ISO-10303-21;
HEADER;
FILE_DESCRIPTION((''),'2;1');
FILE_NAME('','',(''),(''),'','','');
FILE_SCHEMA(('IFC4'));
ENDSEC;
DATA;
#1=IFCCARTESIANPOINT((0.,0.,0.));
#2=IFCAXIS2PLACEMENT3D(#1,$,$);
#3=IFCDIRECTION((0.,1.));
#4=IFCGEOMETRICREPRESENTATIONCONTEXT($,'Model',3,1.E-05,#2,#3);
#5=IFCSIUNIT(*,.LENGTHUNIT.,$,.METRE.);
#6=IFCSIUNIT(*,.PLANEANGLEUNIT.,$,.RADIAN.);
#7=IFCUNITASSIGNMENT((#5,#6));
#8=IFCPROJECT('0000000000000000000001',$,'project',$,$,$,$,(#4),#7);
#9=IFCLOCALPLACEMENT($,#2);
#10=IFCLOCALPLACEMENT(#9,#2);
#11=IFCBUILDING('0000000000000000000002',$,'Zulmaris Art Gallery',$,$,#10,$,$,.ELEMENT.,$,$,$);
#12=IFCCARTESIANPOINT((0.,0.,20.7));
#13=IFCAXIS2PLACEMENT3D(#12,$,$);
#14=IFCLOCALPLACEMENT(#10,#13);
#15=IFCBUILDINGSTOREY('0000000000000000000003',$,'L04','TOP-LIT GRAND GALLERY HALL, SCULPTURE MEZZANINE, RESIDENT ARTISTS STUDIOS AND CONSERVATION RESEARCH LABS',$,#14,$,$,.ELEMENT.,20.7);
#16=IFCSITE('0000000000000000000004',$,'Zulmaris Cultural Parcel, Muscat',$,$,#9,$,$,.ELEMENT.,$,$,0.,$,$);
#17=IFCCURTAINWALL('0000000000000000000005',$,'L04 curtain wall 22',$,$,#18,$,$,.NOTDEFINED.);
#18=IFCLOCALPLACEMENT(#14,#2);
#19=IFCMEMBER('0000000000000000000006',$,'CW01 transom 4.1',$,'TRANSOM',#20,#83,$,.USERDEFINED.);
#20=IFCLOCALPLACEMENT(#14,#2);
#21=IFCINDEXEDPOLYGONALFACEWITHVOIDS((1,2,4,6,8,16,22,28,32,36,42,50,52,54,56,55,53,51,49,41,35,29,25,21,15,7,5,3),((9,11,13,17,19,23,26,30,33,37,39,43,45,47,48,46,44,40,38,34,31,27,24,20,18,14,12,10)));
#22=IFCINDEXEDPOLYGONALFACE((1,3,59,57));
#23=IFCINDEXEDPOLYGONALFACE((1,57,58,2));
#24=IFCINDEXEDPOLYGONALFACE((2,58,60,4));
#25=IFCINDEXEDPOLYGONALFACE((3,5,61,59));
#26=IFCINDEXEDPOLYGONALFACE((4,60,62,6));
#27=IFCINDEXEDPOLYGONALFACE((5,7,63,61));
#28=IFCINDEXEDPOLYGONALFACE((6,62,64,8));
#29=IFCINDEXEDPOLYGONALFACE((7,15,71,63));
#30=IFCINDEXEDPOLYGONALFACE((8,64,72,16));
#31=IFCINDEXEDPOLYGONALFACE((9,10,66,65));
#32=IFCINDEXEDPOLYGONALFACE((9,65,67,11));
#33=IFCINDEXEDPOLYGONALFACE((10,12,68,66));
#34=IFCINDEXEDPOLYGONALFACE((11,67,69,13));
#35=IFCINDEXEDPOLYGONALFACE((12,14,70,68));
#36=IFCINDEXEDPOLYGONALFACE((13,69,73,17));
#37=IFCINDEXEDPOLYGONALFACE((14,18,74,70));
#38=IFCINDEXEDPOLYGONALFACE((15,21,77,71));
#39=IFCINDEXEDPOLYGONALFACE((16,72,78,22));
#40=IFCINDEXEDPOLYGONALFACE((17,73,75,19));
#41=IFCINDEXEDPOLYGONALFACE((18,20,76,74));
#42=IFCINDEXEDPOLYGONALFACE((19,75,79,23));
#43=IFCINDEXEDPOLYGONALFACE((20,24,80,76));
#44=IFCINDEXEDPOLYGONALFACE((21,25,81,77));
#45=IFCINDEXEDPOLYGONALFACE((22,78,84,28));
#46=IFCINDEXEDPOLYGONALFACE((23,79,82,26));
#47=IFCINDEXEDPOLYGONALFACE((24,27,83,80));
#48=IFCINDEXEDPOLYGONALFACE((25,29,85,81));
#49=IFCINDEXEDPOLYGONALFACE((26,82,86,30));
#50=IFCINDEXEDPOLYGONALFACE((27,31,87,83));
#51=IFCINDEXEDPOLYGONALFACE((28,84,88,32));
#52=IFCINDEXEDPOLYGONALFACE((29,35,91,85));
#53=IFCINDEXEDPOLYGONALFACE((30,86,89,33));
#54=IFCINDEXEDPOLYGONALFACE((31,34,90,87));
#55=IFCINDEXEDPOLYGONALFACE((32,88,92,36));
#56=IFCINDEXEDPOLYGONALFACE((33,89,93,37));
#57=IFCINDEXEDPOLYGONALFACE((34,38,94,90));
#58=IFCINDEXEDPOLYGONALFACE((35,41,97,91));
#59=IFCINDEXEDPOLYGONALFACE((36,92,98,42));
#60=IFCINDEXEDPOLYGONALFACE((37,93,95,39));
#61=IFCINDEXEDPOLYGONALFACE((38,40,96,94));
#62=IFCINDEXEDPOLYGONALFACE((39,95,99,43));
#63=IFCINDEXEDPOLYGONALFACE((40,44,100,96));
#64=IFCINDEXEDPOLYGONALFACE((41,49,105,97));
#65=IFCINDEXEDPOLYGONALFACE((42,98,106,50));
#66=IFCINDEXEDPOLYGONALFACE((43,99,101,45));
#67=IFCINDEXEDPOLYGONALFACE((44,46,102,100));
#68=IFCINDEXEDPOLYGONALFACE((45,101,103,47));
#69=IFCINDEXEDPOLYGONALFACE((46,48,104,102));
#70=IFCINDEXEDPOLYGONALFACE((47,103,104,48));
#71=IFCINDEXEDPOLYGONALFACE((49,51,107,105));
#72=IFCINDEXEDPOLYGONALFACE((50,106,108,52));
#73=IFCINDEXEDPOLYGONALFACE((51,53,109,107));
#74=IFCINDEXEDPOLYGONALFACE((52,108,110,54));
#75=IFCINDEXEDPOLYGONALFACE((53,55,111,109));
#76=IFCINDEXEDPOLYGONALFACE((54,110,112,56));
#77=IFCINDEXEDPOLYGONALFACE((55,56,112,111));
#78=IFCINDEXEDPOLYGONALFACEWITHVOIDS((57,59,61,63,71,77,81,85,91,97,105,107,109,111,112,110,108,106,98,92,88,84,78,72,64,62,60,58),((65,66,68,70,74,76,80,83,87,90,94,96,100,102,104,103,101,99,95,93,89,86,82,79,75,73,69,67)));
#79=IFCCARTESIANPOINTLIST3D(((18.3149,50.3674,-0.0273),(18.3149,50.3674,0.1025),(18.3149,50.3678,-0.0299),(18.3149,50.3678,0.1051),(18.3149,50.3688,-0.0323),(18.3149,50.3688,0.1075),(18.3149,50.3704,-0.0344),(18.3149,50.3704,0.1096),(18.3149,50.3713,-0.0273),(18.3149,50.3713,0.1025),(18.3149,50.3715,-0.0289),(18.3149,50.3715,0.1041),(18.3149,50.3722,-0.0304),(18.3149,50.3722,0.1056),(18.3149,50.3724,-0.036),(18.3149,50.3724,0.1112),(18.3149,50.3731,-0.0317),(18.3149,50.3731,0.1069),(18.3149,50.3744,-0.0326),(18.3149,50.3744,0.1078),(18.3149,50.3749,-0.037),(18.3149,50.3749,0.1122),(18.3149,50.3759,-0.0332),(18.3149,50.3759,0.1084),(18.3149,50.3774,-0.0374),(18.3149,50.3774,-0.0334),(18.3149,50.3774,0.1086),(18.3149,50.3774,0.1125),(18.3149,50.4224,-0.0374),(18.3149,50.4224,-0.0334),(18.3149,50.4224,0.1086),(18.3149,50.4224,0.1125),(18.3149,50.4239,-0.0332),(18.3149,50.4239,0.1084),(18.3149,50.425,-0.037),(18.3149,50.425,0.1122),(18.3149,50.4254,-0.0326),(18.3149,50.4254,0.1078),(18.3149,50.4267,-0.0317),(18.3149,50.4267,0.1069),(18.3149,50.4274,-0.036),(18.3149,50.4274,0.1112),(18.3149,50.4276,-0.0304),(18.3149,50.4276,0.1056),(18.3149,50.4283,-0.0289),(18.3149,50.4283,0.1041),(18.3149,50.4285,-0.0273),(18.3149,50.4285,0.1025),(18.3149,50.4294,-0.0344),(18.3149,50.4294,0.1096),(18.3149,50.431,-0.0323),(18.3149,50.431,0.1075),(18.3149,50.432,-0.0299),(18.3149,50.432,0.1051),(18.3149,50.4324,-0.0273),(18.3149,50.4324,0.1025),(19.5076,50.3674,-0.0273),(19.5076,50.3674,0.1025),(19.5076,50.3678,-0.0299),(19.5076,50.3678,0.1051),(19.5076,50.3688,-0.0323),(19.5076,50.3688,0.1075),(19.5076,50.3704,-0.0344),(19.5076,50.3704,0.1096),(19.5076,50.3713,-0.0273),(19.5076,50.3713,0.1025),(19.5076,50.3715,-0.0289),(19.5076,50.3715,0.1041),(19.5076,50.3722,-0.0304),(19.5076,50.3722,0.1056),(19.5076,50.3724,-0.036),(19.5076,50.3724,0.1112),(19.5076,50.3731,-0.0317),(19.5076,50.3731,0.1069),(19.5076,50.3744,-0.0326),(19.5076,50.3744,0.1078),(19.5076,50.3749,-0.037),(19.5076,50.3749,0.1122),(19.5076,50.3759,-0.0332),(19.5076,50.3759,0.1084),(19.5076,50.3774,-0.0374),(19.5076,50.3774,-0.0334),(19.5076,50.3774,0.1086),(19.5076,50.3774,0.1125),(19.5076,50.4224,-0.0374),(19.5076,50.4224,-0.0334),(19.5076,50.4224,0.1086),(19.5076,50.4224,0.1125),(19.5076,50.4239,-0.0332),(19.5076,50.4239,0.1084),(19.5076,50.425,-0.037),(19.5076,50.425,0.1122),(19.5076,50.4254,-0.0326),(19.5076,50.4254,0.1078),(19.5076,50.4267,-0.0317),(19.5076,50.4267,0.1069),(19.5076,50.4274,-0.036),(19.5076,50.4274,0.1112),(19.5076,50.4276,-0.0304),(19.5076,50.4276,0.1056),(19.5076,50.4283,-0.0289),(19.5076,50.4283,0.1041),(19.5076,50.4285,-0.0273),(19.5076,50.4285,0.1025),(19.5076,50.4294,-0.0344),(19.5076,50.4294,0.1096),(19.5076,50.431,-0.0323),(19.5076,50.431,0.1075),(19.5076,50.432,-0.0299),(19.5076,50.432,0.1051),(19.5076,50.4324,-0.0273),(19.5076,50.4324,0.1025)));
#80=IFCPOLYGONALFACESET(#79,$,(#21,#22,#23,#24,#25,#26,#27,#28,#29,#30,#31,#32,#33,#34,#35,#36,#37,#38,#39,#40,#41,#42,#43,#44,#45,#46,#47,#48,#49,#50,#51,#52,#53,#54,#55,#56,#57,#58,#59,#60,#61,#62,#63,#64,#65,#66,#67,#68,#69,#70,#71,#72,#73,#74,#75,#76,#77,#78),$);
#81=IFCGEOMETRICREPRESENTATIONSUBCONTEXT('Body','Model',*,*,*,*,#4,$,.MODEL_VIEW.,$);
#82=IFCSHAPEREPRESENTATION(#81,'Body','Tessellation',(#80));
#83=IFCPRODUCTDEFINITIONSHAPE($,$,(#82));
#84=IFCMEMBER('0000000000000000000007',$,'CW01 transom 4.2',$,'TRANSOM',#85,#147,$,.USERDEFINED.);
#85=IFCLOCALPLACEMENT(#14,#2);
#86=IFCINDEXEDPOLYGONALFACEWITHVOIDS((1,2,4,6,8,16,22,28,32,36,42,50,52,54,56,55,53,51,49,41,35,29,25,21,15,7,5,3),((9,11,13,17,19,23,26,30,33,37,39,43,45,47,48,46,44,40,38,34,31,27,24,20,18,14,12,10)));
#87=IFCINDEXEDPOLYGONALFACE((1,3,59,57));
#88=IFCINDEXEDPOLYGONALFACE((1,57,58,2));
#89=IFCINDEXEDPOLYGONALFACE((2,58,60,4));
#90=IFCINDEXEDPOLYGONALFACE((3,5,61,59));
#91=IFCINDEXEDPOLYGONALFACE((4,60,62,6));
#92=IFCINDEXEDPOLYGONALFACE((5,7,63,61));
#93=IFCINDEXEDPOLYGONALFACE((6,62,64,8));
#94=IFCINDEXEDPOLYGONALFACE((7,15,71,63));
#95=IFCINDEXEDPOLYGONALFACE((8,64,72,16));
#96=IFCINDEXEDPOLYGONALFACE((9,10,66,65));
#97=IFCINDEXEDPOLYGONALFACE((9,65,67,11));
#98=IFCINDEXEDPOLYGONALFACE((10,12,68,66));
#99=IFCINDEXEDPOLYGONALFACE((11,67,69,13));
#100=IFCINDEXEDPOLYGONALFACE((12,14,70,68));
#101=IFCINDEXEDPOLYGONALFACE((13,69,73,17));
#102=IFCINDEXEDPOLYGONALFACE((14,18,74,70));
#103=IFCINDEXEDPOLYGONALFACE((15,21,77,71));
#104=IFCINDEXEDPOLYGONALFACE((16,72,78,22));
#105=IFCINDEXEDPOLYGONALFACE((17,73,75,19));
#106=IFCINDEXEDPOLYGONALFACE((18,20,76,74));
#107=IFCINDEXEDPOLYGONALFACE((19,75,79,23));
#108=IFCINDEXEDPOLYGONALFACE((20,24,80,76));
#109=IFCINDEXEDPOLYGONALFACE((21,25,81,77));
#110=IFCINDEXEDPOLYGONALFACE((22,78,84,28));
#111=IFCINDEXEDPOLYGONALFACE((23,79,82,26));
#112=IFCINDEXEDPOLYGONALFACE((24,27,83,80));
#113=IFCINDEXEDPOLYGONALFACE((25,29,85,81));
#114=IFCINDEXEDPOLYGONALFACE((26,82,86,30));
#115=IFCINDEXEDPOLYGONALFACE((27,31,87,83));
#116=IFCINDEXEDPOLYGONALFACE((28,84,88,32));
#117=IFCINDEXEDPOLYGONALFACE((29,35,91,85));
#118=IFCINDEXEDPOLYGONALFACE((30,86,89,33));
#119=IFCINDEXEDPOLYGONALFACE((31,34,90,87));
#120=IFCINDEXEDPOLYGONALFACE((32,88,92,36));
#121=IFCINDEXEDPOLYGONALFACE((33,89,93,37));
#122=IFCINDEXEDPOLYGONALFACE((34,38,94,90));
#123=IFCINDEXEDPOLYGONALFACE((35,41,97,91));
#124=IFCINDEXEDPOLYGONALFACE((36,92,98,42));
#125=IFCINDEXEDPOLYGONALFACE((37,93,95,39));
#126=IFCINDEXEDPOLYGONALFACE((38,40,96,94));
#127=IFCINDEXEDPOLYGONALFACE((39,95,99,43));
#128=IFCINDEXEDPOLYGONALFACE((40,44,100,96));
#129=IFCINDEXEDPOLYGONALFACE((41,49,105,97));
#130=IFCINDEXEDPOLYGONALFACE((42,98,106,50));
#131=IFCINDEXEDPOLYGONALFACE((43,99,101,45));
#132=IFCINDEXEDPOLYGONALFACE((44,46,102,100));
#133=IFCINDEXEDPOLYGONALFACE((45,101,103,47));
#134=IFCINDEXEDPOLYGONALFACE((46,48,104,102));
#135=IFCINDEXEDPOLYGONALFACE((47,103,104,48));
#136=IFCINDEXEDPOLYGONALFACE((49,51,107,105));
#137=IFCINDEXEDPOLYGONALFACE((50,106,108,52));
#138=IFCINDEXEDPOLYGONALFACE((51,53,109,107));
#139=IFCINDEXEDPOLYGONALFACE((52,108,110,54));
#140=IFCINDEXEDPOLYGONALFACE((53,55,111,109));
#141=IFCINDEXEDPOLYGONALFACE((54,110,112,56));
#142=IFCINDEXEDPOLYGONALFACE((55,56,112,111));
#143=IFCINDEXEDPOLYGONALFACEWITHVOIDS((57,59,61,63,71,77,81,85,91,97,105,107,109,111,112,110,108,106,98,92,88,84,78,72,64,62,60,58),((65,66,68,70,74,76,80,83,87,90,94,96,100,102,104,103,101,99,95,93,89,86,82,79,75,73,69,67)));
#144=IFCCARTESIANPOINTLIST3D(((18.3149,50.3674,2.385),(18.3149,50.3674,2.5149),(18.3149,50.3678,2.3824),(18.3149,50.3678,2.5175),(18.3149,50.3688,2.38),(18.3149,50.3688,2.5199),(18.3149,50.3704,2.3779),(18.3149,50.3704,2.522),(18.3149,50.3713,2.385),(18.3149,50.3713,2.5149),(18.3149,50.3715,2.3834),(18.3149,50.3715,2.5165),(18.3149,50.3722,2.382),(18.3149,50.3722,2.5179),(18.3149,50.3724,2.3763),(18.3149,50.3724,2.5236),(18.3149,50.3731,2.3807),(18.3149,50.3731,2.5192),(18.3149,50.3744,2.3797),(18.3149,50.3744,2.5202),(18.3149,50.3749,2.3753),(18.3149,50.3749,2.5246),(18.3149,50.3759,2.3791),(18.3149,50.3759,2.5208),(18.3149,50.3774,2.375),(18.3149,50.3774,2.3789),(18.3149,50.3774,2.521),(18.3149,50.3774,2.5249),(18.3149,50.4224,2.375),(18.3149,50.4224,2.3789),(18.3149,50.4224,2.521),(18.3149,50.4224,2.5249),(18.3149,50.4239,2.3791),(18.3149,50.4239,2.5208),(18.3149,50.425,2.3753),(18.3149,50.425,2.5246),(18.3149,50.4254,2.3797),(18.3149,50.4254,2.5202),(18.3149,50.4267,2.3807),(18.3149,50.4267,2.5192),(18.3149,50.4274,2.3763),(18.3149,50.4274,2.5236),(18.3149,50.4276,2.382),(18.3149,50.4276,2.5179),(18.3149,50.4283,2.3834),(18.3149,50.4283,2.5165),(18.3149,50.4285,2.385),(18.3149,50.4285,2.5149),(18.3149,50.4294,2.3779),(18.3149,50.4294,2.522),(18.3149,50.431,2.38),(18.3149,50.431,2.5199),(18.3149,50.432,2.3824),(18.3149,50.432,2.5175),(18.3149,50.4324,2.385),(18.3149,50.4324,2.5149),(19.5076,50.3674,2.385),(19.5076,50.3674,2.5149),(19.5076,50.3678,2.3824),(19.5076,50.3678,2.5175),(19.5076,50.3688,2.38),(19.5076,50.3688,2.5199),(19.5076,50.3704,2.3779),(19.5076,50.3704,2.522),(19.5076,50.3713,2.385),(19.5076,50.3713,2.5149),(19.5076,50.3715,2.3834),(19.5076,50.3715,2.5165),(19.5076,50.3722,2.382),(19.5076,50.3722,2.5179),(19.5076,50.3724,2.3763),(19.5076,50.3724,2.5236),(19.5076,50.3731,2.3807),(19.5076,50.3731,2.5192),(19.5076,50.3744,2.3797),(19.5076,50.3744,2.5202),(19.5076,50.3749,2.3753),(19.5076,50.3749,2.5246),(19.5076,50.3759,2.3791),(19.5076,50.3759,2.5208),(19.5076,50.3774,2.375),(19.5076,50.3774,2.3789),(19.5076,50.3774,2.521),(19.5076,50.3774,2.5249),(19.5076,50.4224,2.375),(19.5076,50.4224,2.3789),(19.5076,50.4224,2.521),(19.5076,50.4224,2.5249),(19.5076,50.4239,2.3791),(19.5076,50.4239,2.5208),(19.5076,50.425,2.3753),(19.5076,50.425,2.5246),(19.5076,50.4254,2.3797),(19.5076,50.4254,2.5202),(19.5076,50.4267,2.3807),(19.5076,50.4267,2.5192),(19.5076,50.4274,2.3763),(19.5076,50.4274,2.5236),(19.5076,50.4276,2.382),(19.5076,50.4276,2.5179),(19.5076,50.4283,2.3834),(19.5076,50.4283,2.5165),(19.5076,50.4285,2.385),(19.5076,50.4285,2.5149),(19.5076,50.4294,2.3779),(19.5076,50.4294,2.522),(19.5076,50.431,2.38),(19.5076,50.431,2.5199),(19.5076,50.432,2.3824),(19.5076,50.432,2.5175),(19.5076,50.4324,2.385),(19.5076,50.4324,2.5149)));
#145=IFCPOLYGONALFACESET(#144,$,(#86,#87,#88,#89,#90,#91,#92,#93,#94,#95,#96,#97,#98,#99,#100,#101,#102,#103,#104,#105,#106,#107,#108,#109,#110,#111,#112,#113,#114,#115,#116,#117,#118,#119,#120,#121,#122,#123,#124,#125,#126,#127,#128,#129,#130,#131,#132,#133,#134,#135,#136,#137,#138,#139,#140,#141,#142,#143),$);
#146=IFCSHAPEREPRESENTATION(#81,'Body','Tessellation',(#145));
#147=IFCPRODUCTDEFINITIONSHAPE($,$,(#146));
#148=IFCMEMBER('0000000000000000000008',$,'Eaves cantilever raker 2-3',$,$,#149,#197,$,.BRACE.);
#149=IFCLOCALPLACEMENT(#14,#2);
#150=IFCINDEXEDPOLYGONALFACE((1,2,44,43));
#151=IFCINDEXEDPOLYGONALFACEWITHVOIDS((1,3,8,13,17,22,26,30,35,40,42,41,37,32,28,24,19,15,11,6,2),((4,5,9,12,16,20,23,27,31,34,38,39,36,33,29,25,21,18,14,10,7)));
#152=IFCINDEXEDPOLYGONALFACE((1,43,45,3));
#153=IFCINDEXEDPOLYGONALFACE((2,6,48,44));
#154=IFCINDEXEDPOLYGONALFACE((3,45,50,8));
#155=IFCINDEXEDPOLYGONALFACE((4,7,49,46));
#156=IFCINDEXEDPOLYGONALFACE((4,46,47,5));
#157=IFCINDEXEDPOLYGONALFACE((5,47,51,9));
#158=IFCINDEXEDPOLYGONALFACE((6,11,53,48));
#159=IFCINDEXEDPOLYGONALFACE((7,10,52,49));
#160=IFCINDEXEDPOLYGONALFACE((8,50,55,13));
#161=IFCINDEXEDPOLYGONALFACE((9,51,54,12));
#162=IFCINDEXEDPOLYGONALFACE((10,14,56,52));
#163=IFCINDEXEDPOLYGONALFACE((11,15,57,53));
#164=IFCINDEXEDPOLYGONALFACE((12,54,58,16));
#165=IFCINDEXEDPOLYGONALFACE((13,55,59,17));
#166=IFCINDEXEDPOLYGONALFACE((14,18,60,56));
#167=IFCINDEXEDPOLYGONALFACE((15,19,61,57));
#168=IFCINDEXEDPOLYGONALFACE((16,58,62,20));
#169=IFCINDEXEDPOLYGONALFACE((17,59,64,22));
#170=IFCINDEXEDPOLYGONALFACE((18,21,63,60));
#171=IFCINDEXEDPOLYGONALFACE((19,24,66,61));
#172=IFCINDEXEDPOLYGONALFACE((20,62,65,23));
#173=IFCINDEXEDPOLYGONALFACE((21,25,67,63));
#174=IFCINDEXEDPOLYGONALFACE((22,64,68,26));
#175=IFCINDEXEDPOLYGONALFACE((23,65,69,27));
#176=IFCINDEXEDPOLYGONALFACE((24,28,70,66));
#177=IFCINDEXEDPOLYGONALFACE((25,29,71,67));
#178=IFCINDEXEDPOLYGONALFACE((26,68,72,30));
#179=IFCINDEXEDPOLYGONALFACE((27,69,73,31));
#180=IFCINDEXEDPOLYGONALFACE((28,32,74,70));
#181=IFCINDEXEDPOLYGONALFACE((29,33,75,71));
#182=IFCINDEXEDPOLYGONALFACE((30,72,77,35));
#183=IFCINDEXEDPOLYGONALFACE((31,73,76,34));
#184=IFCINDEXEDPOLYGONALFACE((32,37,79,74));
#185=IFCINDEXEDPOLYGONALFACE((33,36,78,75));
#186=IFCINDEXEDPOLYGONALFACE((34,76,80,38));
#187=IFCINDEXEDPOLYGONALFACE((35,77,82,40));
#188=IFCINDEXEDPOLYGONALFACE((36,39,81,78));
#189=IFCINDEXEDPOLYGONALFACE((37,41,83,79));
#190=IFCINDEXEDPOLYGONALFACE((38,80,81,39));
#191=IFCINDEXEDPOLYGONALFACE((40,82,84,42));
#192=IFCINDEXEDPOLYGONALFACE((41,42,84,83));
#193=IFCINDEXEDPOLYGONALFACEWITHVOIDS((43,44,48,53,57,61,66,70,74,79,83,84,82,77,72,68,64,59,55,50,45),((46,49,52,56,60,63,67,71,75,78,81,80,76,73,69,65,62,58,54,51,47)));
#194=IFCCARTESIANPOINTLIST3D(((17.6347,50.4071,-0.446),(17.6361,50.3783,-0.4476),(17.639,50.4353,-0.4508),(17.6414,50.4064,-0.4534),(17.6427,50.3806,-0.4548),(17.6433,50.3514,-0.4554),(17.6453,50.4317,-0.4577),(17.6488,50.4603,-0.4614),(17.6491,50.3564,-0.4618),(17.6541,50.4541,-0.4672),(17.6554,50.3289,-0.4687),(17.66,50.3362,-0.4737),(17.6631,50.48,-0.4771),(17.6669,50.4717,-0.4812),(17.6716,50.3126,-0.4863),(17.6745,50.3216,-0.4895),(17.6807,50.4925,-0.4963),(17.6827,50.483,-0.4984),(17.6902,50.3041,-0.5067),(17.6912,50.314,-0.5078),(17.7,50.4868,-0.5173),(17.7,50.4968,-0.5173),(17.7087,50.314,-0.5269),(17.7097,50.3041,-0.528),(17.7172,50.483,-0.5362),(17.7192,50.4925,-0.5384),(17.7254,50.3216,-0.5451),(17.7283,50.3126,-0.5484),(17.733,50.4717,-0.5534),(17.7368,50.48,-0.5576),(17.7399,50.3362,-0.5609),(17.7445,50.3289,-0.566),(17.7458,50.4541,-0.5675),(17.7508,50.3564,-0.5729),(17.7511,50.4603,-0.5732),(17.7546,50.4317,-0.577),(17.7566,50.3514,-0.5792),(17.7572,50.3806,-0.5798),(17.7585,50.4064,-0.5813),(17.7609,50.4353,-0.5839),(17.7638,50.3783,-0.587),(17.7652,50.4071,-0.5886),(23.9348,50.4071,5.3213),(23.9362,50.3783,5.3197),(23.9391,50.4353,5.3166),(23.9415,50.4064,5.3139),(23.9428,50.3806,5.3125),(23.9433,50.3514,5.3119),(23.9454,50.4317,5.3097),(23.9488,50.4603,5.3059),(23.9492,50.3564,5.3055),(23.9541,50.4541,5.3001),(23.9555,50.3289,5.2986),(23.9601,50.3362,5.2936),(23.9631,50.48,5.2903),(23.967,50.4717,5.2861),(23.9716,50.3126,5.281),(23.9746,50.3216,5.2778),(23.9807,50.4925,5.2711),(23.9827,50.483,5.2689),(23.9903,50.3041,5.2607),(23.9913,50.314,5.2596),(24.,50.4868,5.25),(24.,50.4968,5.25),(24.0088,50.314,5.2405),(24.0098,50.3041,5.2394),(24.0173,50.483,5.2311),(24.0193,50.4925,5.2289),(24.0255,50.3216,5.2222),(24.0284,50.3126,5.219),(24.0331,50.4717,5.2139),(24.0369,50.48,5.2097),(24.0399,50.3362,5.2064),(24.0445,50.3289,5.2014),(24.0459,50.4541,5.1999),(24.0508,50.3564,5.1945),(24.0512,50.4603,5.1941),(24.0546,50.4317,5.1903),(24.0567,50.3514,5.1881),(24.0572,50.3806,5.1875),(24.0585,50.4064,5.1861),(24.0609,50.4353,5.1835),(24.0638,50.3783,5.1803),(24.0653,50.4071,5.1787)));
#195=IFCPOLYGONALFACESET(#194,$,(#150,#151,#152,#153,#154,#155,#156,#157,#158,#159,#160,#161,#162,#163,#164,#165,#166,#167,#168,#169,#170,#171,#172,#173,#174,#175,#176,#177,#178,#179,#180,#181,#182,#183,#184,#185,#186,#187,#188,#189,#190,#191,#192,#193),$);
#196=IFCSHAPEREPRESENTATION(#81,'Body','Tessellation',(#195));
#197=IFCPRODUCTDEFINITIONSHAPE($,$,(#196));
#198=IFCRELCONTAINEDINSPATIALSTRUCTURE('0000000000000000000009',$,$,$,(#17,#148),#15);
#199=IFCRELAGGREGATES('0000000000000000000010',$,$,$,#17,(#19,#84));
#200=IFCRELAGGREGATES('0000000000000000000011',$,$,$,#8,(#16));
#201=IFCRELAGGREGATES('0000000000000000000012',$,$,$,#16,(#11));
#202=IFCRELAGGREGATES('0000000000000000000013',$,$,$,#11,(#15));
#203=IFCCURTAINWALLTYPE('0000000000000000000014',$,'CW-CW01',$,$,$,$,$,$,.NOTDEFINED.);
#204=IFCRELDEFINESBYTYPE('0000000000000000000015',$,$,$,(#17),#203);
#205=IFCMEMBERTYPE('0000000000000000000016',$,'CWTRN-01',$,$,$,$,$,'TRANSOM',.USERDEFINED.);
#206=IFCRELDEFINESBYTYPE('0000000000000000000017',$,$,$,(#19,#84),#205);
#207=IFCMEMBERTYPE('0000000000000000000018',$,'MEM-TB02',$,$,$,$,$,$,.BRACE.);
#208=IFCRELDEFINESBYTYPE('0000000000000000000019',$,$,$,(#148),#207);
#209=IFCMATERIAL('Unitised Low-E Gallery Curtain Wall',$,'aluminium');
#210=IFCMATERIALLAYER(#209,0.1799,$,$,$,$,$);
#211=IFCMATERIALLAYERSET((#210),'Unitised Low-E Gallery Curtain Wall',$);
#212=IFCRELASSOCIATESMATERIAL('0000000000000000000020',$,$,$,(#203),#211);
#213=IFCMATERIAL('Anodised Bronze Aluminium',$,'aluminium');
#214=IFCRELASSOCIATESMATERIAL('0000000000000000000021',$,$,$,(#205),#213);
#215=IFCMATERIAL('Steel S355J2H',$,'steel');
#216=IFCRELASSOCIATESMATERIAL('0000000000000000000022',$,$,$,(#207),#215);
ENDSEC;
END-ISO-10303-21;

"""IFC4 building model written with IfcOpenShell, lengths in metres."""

from ifc_helpers import new_model, si_unit, direction, frame, origin, origin_2d, place, context, subcontext, project, spatial, hollow_rectangle, hollow_circle, extrude, material, layer, layer_set, material_profile, profile_set, type_object, element, aggregate, save


model = new_model("IFC4")

# Units and contexts
model_context = context("Model", 3, precision=1e-05, world=origin(), true_north=direction((0.0, 1.0)))
body_context = subcontext(model_context, "Body", "Model", "MODEL_VIEW")
ifc_project = project(units=[si_unit("LENGTHUNIT", "METRE"), si_unit("PLANEANGLEUNIT", "RADIAN")], contexts=[model_context])

# Site, building, storey
site_placement = place(None, origin())
site = spatial("IfcSite", under=ifc_project, at=site_placement, Name="Zulmaris Cultural Parcel, Muscat", CompositionType="ELEMENT", RefElevation=0.0)
building_placement = place(site_placement, origin())
building = spatial("IfcBuilding", under=site, at=building_placement, Name="Zulmaris Art Gallery", CompositionType="ELEMENT")
storey_placement = place(building_placement, frame((0.0, 0.0, 20.7)))
storey = spatial("IfcBuildingStorey", under=building, at=storey_placement, Name="L04", Description="TOP-LIT GRAND GALLERY HALL, SCULPTURE MEZZANINE, RESIDENT ARTISTS STUDIOS AND CONSERVATION RESEARCH LABS", CompositionType="ELEMENT", Elevation=20.7)

# Shared definitions
ifc_material_1 = material(Name="Unitised Low-E Gallery Curtain Wall", Category="aluminium")
ifc_layer_1 = layer(ifc_material_1, 0.1799)
ifc_layer_set_1 = layer_set([ifc_layer_1], Name="Unitised Low-E Gallery Curtain Wall")
curtain_wall_type = type_object("IfcCurtainWallType", Name="CW-CW01", PredefinedType="NOTDEFINED", material=ifc_layer_set_1)
ifc_material_2 = material(Name="Anodised Bronze Aluminium", Category="aluminium")

# Curtain wall
curtain_wall_1_placement = place(storey_placement, origin())
curtain_wall_1 = element("IfcCurtainWall", 1, at=curtain_wall_1_placement, inside=storey, type_object=curtain_wall_type, Name="L04 curtain wall 22", PredefinedType="NOTDEFINED")

# Members
ifc_material_profile_1 = material_profile(ifc_material_2, hollow_rectangle(XDim=0.0649, YDim=0.1499, WallThickness=0.0039, InnerFilletRadius=0.0061, OuterFilletRadius=0.01, at=origin_2d()), Name="ALU 65x150x4")
ifc_profile_set_1 = profile_set([ifc_material_profile_1], Name="Anodised Bronze Aluminium")
member_type_1 = type_object("IfcMemberType", Name="CWTRN-01", ElementType="TRANSOM", PredefinedType="USERDEFINED", material=ifc_profile_set_1)
member_1_placement = place(storey_placement, frame((19.5076, 50.3999, 0.0376), z_axis=(-1.0, 0.0, 0.0), x_axis=(0.0, -1.0, 0.0)))
member_1 = element("IfcMember", 2, at=member_1_placement, type_object=member_type_1, Name="CW01 transom 4.1", ObjectType="TRANSOM", PredefinedType="USERDEFINED", context=body_context, shape_type="SweptSolid", body=[
    extrude(hollow_rectangle(XDim=0.0649, YDim=0.1499, WallThickness=0.0039, InnerFilletRadius=0.0061, OuterFilletRadius=0.01, at=origin_2d()), origin(), (0.0, 0.0, 1.0), 1.1926),
])
member_2_placement = place(storey_placement, frame((19.5076, 50.3999, 2.45), z_axis=(-1.0, 0.0, 0.0), x_axis=(0.0, -1.0, 0.0)))
member_2 = element("IfcMember", 3, at=member_2_placement, type_object=member_type_1, Name="CW01 transom 4.2", ObjectType="TRANSOM", PredefinedType="USERDEFINED", context=body_context, shape_type="SweptSolid", body=[
    extrude(hollow_rectangle(XDim=0.0649, YDim=0.1499, WallThickness=0.0039, InnerFilletRadius=0.0061, OuterFilletRadius=0.01, at=origin_2d()), origin(), (0.0, 0.0, 1.0), 1.1926),
])

# Member
ifc_material_3 = material(Name="Steel S355J2H", Category="steel")
ifc_material_profile_2 = material_profile(ifc_material_3, hollow_circle(Radius=0.0969, WallThickness=0.01, at=origin_2d()), Name="CHS 193.7x10")
ifc_profile_set_2 = profile_set([ifc_material_profile_2], Name="Steel S355J2H")
member_type_2 = type_object("IfcMemberType", Name="MEM-TB02", PredefinedType="BRACE", material=ifc_profile_set_2)
member_3_placement = place(storey_placement, frame((17.7, 50.3999, -0.5173), z_axis=(0.737604, 0.0, 0.675234), x_axis=(0.0, 1.0, 0.0)))
element("IfcMember", 4, at=member_3_placement, inside=storey, type_object=member_type_2, Name="Eaves cantilever raker 2-3", PredefinedType="BRACE", context=body_context, shape_type="SweptSolid", body=[
    extrude(hollow_circle(Radius=0.0969, WallThickness=0.01, at=origin_2d()), origin(), (0.0, 0.0, 1.0), 8.5413),
])

aggregate(curtain_wall_1, [member_1, member_2])

save(model, "model.ifc")
